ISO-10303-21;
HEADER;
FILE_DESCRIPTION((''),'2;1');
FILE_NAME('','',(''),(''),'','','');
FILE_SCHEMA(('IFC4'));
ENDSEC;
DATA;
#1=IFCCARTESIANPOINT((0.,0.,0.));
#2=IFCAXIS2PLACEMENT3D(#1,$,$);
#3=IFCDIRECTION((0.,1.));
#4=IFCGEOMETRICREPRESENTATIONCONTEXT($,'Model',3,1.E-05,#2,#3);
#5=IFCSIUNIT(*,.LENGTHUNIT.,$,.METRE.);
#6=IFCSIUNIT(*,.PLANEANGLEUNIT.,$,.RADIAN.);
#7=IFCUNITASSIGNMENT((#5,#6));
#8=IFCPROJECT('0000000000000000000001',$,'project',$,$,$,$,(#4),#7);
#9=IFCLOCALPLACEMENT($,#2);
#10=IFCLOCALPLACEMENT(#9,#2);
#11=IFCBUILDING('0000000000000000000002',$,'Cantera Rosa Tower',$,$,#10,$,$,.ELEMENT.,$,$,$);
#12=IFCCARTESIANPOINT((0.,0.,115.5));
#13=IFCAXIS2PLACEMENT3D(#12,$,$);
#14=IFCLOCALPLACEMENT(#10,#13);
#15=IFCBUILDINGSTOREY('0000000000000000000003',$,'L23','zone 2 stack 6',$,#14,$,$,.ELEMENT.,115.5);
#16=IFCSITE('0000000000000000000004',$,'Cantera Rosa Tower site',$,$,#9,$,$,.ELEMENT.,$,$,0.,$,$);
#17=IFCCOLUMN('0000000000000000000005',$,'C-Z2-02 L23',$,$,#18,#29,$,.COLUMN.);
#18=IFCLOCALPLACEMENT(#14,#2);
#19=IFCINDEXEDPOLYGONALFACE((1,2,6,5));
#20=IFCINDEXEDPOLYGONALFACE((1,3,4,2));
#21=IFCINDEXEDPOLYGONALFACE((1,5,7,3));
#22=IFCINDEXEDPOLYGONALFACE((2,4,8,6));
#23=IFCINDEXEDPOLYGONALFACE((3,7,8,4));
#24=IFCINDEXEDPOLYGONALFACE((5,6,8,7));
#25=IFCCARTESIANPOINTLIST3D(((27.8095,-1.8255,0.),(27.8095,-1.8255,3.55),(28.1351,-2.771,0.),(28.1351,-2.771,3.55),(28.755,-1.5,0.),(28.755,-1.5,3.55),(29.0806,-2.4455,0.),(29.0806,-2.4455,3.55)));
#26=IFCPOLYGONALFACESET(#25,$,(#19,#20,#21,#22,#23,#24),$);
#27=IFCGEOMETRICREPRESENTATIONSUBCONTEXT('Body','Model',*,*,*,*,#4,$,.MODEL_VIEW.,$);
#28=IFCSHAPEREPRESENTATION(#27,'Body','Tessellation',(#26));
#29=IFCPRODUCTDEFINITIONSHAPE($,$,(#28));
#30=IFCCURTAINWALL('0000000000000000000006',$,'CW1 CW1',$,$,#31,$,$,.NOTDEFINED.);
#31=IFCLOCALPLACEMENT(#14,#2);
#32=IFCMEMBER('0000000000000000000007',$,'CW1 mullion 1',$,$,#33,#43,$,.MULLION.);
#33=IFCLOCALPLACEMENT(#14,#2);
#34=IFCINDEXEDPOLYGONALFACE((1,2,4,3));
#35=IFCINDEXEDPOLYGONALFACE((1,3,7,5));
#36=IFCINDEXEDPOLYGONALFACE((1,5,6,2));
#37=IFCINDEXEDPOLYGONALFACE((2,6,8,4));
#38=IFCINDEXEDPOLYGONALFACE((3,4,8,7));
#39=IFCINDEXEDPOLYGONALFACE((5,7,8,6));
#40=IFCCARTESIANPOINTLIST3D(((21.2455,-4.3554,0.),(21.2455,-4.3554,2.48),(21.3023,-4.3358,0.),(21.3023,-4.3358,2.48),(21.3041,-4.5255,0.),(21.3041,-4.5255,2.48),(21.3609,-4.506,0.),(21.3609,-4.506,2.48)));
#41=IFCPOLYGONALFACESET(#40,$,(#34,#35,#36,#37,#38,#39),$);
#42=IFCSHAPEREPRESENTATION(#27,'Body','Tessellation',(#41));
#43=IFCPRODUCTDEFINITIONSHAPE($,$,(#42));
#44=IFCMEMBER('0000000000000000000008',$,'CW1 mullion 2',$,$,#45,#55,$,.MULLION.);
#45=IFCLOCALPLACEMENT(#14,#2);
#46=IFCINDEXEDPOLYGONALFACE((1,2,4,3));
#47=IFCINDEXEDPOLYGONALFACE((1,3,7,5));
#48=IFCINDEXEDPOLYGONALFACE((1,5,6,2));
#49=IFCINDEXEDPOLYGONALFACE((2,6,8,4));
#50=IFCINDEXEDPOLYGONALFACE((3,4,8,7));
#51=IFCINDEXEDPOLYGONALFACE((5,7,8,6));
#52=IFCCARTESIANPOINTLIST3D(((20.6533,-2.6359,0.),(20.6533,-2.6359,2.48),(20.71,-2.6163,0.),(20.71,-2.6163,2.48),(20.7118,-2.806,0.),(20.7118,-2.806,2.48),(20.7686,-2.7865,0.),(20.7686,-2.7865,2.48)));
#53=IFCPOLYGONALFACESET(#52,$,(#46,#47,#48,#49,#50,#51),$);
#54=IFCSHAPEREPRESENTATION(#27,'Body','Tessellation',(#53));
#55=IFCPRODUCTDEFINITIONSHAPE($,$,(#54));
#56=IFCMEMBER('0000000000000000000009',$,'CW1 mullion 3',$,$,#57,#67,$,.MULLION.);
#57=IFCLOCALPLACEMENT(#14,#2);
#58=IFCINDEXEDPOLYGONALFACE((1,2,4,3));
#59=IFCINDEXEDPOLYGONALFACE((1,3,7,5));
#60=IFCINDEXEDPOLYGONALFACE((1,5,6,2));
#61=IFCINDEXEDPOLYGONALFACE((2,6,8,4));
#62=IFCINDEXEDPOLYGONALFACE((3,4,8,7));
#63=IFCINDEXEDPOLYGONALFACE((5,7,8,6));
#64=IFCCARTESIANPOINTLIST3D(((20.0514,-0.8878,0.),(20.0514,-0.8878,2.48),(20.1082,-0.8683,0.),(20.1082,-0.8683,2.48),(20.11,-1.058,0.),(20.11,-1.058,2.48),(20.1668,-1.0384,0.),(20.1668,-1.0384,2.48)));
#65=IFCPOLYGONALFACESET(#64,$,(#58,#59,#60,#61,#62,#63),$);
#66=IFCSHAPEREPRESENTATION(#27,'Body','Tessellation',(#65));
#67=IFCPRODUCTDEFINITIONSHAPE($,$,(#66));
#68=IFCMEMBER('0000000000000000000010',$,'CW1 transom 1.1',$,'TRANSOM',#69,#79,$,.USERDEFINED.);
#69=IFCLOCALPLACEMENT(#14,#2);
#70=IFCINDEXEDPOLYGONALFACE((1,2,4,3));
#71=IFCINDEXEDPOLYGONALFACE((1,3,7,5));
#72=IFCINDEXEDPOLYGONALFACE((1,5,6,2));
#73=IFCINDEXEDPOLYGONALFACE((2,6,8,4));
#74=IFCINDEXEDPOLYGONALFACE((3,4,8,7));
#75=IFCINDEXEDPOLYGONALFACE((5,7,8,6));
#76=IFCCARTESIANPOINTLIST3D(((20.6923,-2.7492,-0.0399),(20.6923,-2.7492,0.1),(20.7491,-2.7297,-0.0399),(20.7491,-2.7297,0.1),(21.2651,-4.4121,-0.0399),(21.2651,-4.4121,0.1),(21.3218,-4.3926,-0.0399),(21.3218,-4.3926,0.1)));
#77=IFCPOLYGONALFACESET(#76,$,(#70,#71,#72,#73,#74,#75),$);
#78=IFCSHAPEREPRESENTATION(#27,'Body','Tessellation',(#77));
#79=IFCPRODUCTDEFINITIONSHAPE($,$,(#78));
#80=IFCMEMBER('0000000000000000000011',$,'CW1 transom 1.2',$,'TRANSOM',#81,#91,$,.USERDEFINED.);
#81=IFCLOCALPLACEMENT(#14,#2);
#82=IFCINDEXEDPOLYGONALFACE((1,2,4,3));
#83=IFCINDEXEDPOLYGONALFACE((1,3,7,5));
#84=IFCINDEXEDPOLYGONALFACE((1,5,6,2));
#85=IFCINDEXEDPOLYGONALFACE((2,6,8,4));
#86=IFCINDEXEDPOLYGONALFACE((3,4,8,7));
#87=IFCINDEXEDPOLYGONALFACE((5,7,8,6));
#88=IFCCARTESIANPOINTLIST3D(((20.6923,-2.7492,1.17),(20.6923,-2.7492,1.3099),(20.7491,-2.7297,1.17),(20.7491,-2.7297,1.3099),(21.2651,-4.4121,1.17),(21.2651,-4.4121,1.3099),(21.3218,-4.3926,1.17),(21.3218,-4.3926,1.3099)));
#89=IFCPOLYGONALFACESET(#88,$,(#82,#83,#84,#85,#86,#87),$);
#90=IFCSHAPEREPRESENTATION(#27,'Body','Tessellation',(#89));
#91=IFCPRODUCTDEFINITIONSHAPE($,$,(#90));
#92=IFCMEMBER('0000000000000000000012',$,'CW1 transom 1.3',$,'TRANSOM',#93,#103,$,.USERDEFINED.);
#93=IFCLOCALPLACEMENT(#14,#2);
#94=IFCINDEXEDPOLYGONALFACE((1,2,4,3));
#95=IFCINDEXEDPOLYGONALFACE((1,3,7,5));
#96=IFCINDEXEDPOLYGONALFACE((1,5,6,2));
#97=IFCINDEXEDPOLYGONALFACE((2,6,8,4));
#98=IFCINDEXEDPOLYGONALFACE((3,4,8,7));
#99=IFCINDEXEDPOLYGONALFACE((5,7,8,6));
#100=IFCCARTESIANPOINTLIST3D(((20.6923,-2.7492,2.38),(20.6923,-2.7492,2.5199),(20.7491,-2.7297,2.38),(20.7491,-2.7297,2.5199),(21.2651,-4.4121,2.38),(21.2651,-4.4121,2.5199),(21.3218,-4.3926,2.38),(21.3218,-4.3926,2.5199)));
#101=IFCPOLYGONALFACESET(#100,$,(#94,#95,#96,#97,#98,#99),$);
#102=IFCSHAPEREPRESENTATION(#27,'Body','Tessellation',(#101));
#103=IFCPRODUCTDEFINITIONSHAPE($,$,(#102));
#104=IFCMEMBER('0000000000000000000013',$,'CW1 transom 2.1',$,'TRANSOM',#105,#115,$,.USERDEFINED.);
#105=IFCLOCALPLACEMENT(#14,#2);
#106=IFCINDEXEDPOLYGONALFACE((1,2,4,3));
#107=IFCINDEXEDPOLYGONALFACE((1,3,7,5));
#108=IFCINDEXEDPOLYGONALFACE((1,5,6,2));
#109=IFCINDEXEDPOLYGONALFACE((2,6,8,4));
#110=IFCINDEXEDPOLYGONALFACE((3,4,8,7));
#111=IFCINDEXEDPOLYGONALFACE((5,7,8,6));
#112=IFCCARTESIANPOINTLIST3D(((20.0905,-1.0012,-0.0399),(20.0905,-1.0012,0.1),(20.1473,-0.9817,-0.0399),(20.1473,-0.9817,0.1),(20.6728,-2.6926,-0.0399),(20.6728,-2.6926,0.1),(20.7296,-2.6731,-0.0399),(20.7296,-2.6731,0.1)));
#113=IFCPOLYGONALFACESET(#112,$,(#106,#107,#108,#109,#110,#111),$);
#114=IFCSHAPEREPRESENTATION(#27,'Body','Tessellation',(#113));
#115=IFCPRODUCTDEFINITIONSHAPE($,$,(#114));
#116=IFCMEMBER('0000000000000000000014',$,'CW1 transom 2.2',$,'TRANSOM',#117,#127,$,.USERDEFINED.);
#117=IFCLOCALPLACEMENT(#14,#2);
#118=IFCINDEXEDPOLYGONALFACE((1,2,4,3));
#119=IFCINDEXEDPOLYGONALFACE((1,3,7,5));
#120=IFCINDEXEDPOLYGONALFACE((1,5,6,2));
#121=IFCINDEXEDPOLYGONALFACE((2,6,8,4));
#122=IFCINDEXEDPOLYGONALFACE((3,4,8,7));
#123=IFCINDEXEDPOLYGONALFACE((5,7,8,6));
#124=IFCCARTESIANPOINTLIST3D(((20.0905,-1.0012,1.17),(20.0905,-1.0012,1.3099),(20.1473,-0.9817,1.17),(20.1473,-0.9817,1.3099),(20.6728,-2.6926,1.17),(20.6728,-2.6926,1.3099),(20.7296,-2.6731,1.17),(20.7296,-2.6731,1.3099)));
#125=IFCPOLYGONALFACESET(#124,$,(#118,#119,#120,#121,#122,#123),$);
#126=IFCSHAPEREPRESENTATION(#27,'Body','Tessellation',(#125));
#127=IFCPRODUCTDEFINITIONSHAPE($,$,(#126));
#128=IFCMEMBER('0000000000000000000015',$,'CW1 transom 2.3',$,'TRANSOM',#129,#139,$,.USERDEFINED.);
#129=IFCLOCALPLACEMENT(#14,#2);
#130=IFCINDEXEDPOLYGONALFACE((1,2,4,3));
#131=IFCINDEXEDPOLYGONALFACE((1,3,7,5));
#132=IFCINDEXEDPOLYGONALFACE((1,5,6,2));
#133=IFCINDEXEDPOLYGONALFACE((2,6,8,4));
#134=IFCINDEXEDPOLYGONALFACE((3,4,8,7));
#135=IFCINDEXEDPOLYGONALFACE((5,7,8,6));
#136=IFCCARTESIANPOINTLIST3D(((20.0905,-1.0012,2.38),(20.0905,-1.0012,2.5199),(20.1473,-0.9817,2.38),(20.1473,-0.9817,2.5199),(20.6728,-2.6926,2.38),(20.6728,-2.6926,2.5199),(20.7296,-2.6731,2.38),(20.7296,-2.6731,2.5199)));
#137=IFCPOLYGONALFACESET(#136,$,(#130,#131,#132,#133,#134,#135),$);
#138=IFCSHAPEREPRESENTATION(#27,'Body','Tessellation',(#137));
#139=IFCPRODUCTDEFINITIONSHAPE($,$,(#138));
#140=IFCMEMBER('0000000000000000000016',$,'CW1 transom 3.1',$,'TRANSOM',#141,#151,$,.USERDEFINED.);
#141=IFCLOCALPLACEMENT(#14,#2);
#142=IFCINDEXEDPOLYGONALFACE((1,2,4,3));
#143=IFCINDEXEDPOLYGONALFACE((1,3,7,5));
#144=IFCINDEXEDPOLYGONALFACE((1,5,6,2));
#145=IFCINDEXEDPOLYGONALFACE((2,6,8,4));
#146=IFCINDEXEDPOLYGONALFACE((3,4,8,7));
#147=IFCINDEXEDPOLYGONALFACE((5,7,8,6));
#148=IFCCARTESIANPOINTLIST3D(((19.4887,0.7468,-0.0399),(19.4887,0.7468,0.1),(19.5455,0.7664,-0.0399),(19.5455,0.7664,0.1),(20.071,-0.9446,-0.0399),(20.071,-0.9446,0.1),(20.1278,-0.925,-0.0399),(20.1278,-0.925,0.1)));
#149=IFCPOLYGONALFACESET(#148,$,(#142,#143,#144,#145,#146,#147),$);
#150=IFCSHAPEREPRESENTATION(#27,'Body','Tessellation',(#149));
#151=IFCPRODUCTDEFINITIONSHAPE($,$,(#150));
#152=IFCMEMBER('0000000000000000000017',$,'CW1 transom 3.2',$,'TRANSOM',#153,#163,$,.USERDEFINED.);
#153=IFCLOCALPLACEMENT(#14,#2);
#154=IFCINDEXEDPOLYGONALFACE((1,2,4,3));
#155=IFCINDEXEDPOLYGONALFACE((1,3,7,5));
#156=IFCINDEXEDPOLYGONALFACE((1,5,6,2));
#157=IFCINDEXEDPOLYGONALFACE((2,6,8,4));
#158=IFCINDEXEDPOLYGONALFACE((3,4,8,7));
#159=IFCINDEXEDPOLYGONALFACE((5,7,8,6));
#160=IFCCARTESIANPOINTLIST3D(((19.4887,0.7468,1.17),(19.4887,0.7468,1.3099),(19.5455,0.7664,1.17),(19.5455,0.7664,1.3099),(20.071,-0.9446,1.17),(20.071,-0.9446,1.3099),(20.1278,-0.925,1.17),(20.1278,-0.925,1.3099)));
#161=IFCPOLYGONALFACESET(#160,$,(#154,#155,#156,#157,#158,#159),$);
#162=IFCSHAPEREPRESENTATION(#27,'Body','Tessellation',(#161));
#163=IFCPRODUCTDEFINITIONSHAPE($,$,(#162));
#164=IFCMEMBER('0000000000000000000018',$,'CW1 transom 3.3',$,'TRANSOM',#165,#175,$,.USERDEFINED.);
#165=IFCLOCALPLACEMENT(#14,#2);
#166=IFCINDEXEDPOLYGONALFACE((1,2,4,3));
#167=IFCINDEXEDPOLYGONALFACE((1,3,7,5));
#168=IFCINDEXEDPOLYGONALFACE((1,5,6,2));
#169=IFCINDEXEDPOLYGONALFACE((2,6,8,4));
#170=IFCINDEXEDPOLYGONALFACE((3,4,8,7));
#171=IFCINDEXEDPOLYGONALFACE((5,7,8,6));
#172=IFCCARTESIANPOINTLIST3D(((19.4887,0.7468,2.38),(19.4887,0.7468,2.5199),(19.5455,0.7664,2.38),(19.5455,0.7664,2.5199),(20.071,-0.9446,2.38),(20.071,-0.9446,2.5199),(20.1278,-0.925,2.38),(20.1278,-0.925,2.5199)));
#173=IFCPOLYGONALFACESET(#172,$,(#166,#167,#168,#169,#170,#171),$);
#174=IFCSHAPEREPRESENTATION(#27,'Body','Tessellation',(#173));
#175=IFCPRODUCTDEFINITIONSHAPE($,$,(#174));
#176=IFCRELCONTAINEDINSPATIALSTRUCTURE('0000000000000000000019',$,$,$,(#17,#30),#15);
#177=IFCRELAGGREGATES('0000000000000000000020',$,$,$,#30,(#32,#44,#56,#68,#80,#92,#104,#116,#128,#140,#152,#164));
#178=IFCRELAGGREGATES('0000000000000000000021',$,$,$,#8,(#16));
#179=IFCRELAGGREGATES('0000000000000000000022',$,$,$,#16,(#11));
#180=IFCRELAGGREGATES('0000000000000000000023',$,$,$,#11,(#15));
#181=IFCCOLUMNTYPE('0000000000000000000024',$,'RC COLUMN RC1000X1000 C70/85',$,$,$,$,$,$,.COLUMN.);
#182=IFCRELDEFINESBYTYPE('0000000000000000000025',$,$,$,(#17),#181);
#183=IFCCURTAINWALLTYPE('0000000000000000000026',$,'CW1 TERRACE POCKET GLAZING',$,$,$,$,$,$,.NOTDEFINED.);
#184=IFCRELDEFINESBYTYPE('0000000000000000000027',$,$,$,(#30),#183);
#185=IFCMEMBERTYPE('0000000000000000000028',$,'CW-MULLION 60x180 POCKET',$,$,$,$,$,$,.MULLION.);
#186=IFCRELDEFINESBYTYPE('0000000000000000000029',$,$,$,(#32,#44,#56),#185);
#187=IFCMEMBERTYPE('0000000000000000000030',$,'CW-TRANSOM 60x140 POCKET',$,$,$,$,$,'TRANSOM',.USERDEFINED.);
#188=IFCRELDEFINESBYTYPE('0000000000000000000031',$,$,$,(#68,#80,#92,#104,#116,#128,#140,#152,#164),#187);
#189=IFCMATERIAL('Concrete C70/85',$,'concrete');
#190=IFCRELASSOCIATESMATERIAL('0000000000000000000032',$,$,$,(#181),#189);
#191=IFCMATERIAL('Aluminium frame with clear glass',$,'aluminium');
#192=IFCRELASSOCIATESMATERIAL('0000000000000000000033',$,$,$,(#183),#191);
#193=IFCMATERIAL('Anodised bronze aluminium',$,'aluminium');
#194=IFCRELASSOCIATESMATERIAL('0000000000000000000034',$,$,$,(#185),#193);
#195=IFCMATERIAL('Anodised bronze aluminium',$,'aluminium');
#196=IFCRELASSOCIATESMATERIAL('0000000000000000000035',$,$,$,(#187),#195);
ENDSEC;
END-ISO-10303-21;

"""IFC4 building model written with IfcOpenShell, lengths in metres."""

from ifc_helpers import new_model, si_unit, direction, frame, origin, origin_2d, place, context, subcontext, project, spatial, rectangle, extrude, material, material_profile, profile_set, type_object, element, aggregate, save


model = new_model("IFC4")

# Units and contexts
model_context = context("Model", 3, precision=1e-05, world=origin(), true_north=direction((0.0, 1.0)))
body_context = subcontext(model_context, "Body", "Model", "MODEL_VIEW")
ifc_project = project(units=[si_unit("LENGTHUNIT", "METRE"), si_unit("PLANEANGLEUNIT", "RADIAN")], contexts=[model_context])

# Site, building, storey
site_placement = place(None, origin())
site = spatial("IfcSite", under=ifc_project, at=site_placement, Name="Cantera Rosa Tower site", CompositionType="ELEMENT", RefElevation=0.0)
building_placement = place(site_placement, origin())
building = spatial("IfcBuilding", under=site, at=building_placement, Name="Cantera Rosa Tower", CompositionType="ELEMENT")
storey_placement = place(building_placement, frame((0.0, 0.0, 115.5)))
storey = spatial("IfcBuildingStorey", under=building, at=storey_placement, Name="L23", Description="zone 2 stack 6", CompositionType="ELEMENT", Elevation=115.5)

# Column
ifc_material_1 = material(Name="Concrete C70/85", Category="concrete")
ifc_material_profile_1 = material_profile(ifc_material_1, rectangle(XDim=1.0, YDim=1.0, at=origin_2d()), Name="RC COLUMN RC1000X1000 C70/85")
ifc_profile_set_1 = profile_set([ifc_material_profile_1], Name="Concrete C70/85")
column_type = type_object("IfcColumnType", Name="RC COLUMN RC1000X1000 C70/85", PredefinedType="COLUMN", material=ifc_profile_set_1)
column_placement = place(storey_placement, frame((28.4451, -2.1355, 0.0), z_axis=(0.0, 0.0, 1.0), x_axis=(0.945519, 0.325568, 0.0)))
element("IfcColumn", 1, at=column_placement, inside=storey, type_object=column_type, Name="C-Z2-02 L23", PredefinedType="COLUMN", context=body_context, shape_type="SweptSolid", body=[
    extrude(rectangle(XDim=1.0, YDim=1.0, at=origin_2d()), origin(), (0.0, 0.0, 1.0), 3.55),
])

# Curtain wall, members
ifc_material_2 = material(Name="Aluminium frame with clear glass", Category="aluminium")
curtain_wall_type = type_object("IfcCurtainWallType", Name="CW1 TERRACE POCKET GLAZING", PredefinedType="NOTDEFINED", material=ifc_material_2)
curtain_wall_placement = place(storey_placement, origin())
curtain_wall = element("IfcCurtainWall", 2, at=curtain_wall_placement, inside=storey, type_object=curtain_wall_type, Name="CW1 CW1", PredefinedType="NOTDEFINED")
ifc_material_3 = material(Name="Anodised bronze aluminium", Category="aluminium")
ifc_material_profile_2 = material_profile(ifc_material_3, rectangle(XDim=0.0601, YDim=0.1799, at=origin_2d()), Name="CW-MULLION 60x180 POCKET")
ifc_profile_set_2 = profile_set([ifc_material_profile_2], Name="Anodised bronze aluminium")
member_type_1 = type_object("IfcMemberType", Name="CW-MULLION 60x180 POCKET", PredefinedType="MULLION", material=ifc_profile_set_2)
member_1_placement = place(storey_placement, frame((21.3032, -4.4307, 0.0), z_axis=(0.0, 0.0, 1.0), x_axis=(-0.945519, -0.325568, 0.0)))
member_1 = element("IfcMember", 3, at=member_1_placement, type_object=member_type_1, Name="CW1 mullion 1", PredefinedType="MULLION", context=body_context, shape_type="SweptSolid", body=[
    extrude(rectangle(XDim=0.0601, YDim=0.1799, at=origin_2d()), origin(), (0.0, 0.0, 1.0), 2.48),
])
member_2_placement = place(storey_placement, frame((20.7109, -2.7112, 0.0), z_axis=(0.0, 0.0, 1.0), x_axis=(-0.945519, -0.325568, 0.0)))
member_2 = element("IfcMember", 4, at=member_2_placement, type_object=member_type_1, Name="CW1 mullion 2", PredefinedType="MULLION", context=body_context, shape_type="SweptSolid", body=[
    extrude(rectangle(XDim=0.0601, YDim=0.1799, at=origin_2d()), origin(), (0.0, 0.0, 1.0), 2.48),
])
member_3_placement = place(storey_placement, frame((20.1091, -0.9631, 0.0), z_axis=(0.0, 0.0, 1.0), x_axis=(-0.945519, -0.325568, 0.0)))
member_3 = element("IfcMember", 5, at=member_3_placement, type_object=member_type_1, Name="CW1 mullion 3", PredefinedType="MULLION", context=body_context, shape_type="SweptSolid", body=[
    extrude(rectangle(XDim=0.0601, YDim=0.1799, at=origin_2d()), origin(), (0.0, 0.0, 1.0), 2.48),
])
ifc_material_4 = material(Name="Anodised bronze aluminium", Category="aluminium")
ifc_material_profile_3 = material_profile(ifc_material_4, rectangle(XDim=0.0601, YDim=0.1399, at=origin_2d()), Name="CW-TRANSOM 60x140 POCKET")
ifc_profile_set_3 = profile_set([ifc_material_profile_3], Name="Anodised bronze aluminium")
member_type_2 = type_object("IfcMemberType", Name="CW-TRANSOM 60x140 POCKET", ElementType="TRANSOM", PredefinedType="USERDEFINED", material=ifc_profile_set_3)
member_4_placement = place(storey_placement, frame((21.2935, -4.4023, 0.03), z_axis=(-0.325666, 0.945485, 0.0), x_axis=(-0.945485, -0.325666, 0.0)))
member_4 = element("IfcMember", 6, at=member_4_placement, type_object=member_type_2, Name="CW1 transom 1.1", ObjectType="TRANSOM", PredefinedType="USERDEFINED", context=body_context, shape_type="SweptSolid", body=[
    extrude(rectangle(XDim=0.0601, YDim=0.1399, at=origin_2d()), origin(), (0.0, 0.0, 1.0), 1.7588),
])
member_5_placement = place(storey_placement, frame((21.2935, -4.4023, 1.24), z_axis=(-0.325666, 0.945485, 0.0), x_axis=(-0.945485, -0.325666, 0.0)))
member_5 = element("IfcMember", 7, at=member_5_placement, type_object=member_type_2, Name="CW1 transom 1.2", ObjectType="TRANSOM", PredefinedType="USERDEFINED", context=body_context, shape_type="SweptSolid", body=[
    extrude(rectangle(XDim=0.0601, YDim=0.1399, at=origin_2d()), origin(), (0.0, 0.0, 1.0), 1.7588),
])
member_6_placement = place(storey_placement, frame((21.2935, -4.4023, 2.45), z_axis=(-0.325666, 0.945485, 0.0), x_axis=(-0.945485, -0.325666, 0.0)))
member_6 = element("IfcMember", 8, at=member_6_placement, type_object=member_type_2, Name="CW1 transom 1.3", ObjectType="TRANSOM", PredefinedType="USERDEFINED", context=body_context, shape_type="SweptSolid", body=[
    extrude(rectangle(XDim=0.0601, YDim=0.1399, at=origin_2d()), origin(), (0.0, 0.0, 1.0), 1.7588),
])
member_7_placement = place(storey_placement, frame((20.7012, -2.6829, 0.03), z_axis=(-0.325507, 0.94554, 0.0), x_axis=(-0.94554, -0.325507, 0.0)))
member_7 = element("IfcMember", 9, at=member_7_placement, type_object=member_type_2, Name="CW1 transom 2.1", ObjectType="TRANSOM", PredefinedType="USERDEFINED", context=body_context, shape_type="SweptSolid", body=[
    extrude(rectangle(XDim=0.0601, YDim=0.1399, at=origin_2d()), origin(), (0.0, 0.0, 1.0), 1.7888),
])
member_8_placement = place(storey_placement, frame((20.7012, -2.6829, 1.24), z_axis=(-0.325507, 0.94554, 0.0), x_axis=(-0.94554, -0.325507, 0.0)))
member_8 = element("IfcMember", 10, at=member_8_placement, type_object=member_type_2, Name="CW1 transom 2.2", ObjectType="TRANSOM", PredefinedType="USERDEFINED", context=body_context, shape_type="SweptSolid", body=[
    extrude(rectangle(XDim=0.0601, YDim=0.1399, at=origin_2d()), origin(), (0.0, 0.0, 1.0), 1.7888),
])
member_9_placement = place(storey_placement, frame((20.7012, -2.6829, 2.45), z_axis=(-0.325507, 0.94554, 0.0), x_axis=(-0.94554, -0.325507, 0.0)))
member_9 = element("IfcMember", 11, at=member_9_placement, type_object=member_type_2, Name="CW1 transom 2.3", ObjectType="TRANSOM", PredefinedType="USERDEFINED", context=body_context, shape_type="SweptSolid", body=[
    extrude(rectangle(XDim=0.0601, YDim=0.1399, at=origin_2d()), origin(), (0.0, 0.0, 1.0), 1.7888),
])
member_10_placement = place(storey_placement, frame((20.0994, -0.9348, 0.03), z_axis=(-0.325507, 0.94554, 0.0), x_axis=(-0.94554, -0.325507, 0.0)))
member_10 = element("IfcMember", 12, at=member_10_placement, type_object=member_type_2, Name="CW1 transom 3.1", ObjectType="TRANSOM", PredefinedType="USERDEFINED", context=body_context, shape_type="SweptSolid", body=[
    extrude(rectangle(XDim=0.0601, YDim=0.1399, at=origin_2d()), origin(), (0.0, 0.0, 1.0), 1.7888),
])
member_11_placement = place(storey_placement, frame((20.0994, -0.9348, 1.24), z_axis=(-0.325507, 0.94554, 0.0), x_axis=(-0.94554, -0.325507, 0.0)))
member_11 = element("IfcMember", 13, at=member_11_placement, type_object=member_type_2, Name="CW1 transom 3.2", ObjectType="TRANSOM", PredefinedType="USERDEFINED", context=body_context, shape_type="SweptSolid", body=[
    extrude(rectangle(XDim=0.0601, YDim=0.1399, at=origin_2d()), origin(), (0.0, 0.0, 1.0), 1.7888),
])
member_12_placement = place(storey_placement, frame((20.0994, -0.9348, 2.45), z_axis=(-0.325507, 0.94554, 0.0), x_axis=(-0.94554, -0.325507, 0.0)))
member_12 = element("IfcMember", 14, at=member_12_placement, type_object=member_type_2, Name="CW1 transom 3.3", ObjectType="TRANSOM", PredefinedType="USERDEFINED", context=body_context, shape_type="SweptSolid", body=[
    extrude(rectangle(XDim=0.0601, YDim=0.1399, at=origin_2d()), origin(), (0.0, 0.0, 1.0), 1.7888),
])

aggregate(curtain_wall, [member_1, member_2, member_3, member_4, member_5, member_6, member_7, member_8, member_9, member_10, member_11, member_12])

save(model, "model.ifc")
